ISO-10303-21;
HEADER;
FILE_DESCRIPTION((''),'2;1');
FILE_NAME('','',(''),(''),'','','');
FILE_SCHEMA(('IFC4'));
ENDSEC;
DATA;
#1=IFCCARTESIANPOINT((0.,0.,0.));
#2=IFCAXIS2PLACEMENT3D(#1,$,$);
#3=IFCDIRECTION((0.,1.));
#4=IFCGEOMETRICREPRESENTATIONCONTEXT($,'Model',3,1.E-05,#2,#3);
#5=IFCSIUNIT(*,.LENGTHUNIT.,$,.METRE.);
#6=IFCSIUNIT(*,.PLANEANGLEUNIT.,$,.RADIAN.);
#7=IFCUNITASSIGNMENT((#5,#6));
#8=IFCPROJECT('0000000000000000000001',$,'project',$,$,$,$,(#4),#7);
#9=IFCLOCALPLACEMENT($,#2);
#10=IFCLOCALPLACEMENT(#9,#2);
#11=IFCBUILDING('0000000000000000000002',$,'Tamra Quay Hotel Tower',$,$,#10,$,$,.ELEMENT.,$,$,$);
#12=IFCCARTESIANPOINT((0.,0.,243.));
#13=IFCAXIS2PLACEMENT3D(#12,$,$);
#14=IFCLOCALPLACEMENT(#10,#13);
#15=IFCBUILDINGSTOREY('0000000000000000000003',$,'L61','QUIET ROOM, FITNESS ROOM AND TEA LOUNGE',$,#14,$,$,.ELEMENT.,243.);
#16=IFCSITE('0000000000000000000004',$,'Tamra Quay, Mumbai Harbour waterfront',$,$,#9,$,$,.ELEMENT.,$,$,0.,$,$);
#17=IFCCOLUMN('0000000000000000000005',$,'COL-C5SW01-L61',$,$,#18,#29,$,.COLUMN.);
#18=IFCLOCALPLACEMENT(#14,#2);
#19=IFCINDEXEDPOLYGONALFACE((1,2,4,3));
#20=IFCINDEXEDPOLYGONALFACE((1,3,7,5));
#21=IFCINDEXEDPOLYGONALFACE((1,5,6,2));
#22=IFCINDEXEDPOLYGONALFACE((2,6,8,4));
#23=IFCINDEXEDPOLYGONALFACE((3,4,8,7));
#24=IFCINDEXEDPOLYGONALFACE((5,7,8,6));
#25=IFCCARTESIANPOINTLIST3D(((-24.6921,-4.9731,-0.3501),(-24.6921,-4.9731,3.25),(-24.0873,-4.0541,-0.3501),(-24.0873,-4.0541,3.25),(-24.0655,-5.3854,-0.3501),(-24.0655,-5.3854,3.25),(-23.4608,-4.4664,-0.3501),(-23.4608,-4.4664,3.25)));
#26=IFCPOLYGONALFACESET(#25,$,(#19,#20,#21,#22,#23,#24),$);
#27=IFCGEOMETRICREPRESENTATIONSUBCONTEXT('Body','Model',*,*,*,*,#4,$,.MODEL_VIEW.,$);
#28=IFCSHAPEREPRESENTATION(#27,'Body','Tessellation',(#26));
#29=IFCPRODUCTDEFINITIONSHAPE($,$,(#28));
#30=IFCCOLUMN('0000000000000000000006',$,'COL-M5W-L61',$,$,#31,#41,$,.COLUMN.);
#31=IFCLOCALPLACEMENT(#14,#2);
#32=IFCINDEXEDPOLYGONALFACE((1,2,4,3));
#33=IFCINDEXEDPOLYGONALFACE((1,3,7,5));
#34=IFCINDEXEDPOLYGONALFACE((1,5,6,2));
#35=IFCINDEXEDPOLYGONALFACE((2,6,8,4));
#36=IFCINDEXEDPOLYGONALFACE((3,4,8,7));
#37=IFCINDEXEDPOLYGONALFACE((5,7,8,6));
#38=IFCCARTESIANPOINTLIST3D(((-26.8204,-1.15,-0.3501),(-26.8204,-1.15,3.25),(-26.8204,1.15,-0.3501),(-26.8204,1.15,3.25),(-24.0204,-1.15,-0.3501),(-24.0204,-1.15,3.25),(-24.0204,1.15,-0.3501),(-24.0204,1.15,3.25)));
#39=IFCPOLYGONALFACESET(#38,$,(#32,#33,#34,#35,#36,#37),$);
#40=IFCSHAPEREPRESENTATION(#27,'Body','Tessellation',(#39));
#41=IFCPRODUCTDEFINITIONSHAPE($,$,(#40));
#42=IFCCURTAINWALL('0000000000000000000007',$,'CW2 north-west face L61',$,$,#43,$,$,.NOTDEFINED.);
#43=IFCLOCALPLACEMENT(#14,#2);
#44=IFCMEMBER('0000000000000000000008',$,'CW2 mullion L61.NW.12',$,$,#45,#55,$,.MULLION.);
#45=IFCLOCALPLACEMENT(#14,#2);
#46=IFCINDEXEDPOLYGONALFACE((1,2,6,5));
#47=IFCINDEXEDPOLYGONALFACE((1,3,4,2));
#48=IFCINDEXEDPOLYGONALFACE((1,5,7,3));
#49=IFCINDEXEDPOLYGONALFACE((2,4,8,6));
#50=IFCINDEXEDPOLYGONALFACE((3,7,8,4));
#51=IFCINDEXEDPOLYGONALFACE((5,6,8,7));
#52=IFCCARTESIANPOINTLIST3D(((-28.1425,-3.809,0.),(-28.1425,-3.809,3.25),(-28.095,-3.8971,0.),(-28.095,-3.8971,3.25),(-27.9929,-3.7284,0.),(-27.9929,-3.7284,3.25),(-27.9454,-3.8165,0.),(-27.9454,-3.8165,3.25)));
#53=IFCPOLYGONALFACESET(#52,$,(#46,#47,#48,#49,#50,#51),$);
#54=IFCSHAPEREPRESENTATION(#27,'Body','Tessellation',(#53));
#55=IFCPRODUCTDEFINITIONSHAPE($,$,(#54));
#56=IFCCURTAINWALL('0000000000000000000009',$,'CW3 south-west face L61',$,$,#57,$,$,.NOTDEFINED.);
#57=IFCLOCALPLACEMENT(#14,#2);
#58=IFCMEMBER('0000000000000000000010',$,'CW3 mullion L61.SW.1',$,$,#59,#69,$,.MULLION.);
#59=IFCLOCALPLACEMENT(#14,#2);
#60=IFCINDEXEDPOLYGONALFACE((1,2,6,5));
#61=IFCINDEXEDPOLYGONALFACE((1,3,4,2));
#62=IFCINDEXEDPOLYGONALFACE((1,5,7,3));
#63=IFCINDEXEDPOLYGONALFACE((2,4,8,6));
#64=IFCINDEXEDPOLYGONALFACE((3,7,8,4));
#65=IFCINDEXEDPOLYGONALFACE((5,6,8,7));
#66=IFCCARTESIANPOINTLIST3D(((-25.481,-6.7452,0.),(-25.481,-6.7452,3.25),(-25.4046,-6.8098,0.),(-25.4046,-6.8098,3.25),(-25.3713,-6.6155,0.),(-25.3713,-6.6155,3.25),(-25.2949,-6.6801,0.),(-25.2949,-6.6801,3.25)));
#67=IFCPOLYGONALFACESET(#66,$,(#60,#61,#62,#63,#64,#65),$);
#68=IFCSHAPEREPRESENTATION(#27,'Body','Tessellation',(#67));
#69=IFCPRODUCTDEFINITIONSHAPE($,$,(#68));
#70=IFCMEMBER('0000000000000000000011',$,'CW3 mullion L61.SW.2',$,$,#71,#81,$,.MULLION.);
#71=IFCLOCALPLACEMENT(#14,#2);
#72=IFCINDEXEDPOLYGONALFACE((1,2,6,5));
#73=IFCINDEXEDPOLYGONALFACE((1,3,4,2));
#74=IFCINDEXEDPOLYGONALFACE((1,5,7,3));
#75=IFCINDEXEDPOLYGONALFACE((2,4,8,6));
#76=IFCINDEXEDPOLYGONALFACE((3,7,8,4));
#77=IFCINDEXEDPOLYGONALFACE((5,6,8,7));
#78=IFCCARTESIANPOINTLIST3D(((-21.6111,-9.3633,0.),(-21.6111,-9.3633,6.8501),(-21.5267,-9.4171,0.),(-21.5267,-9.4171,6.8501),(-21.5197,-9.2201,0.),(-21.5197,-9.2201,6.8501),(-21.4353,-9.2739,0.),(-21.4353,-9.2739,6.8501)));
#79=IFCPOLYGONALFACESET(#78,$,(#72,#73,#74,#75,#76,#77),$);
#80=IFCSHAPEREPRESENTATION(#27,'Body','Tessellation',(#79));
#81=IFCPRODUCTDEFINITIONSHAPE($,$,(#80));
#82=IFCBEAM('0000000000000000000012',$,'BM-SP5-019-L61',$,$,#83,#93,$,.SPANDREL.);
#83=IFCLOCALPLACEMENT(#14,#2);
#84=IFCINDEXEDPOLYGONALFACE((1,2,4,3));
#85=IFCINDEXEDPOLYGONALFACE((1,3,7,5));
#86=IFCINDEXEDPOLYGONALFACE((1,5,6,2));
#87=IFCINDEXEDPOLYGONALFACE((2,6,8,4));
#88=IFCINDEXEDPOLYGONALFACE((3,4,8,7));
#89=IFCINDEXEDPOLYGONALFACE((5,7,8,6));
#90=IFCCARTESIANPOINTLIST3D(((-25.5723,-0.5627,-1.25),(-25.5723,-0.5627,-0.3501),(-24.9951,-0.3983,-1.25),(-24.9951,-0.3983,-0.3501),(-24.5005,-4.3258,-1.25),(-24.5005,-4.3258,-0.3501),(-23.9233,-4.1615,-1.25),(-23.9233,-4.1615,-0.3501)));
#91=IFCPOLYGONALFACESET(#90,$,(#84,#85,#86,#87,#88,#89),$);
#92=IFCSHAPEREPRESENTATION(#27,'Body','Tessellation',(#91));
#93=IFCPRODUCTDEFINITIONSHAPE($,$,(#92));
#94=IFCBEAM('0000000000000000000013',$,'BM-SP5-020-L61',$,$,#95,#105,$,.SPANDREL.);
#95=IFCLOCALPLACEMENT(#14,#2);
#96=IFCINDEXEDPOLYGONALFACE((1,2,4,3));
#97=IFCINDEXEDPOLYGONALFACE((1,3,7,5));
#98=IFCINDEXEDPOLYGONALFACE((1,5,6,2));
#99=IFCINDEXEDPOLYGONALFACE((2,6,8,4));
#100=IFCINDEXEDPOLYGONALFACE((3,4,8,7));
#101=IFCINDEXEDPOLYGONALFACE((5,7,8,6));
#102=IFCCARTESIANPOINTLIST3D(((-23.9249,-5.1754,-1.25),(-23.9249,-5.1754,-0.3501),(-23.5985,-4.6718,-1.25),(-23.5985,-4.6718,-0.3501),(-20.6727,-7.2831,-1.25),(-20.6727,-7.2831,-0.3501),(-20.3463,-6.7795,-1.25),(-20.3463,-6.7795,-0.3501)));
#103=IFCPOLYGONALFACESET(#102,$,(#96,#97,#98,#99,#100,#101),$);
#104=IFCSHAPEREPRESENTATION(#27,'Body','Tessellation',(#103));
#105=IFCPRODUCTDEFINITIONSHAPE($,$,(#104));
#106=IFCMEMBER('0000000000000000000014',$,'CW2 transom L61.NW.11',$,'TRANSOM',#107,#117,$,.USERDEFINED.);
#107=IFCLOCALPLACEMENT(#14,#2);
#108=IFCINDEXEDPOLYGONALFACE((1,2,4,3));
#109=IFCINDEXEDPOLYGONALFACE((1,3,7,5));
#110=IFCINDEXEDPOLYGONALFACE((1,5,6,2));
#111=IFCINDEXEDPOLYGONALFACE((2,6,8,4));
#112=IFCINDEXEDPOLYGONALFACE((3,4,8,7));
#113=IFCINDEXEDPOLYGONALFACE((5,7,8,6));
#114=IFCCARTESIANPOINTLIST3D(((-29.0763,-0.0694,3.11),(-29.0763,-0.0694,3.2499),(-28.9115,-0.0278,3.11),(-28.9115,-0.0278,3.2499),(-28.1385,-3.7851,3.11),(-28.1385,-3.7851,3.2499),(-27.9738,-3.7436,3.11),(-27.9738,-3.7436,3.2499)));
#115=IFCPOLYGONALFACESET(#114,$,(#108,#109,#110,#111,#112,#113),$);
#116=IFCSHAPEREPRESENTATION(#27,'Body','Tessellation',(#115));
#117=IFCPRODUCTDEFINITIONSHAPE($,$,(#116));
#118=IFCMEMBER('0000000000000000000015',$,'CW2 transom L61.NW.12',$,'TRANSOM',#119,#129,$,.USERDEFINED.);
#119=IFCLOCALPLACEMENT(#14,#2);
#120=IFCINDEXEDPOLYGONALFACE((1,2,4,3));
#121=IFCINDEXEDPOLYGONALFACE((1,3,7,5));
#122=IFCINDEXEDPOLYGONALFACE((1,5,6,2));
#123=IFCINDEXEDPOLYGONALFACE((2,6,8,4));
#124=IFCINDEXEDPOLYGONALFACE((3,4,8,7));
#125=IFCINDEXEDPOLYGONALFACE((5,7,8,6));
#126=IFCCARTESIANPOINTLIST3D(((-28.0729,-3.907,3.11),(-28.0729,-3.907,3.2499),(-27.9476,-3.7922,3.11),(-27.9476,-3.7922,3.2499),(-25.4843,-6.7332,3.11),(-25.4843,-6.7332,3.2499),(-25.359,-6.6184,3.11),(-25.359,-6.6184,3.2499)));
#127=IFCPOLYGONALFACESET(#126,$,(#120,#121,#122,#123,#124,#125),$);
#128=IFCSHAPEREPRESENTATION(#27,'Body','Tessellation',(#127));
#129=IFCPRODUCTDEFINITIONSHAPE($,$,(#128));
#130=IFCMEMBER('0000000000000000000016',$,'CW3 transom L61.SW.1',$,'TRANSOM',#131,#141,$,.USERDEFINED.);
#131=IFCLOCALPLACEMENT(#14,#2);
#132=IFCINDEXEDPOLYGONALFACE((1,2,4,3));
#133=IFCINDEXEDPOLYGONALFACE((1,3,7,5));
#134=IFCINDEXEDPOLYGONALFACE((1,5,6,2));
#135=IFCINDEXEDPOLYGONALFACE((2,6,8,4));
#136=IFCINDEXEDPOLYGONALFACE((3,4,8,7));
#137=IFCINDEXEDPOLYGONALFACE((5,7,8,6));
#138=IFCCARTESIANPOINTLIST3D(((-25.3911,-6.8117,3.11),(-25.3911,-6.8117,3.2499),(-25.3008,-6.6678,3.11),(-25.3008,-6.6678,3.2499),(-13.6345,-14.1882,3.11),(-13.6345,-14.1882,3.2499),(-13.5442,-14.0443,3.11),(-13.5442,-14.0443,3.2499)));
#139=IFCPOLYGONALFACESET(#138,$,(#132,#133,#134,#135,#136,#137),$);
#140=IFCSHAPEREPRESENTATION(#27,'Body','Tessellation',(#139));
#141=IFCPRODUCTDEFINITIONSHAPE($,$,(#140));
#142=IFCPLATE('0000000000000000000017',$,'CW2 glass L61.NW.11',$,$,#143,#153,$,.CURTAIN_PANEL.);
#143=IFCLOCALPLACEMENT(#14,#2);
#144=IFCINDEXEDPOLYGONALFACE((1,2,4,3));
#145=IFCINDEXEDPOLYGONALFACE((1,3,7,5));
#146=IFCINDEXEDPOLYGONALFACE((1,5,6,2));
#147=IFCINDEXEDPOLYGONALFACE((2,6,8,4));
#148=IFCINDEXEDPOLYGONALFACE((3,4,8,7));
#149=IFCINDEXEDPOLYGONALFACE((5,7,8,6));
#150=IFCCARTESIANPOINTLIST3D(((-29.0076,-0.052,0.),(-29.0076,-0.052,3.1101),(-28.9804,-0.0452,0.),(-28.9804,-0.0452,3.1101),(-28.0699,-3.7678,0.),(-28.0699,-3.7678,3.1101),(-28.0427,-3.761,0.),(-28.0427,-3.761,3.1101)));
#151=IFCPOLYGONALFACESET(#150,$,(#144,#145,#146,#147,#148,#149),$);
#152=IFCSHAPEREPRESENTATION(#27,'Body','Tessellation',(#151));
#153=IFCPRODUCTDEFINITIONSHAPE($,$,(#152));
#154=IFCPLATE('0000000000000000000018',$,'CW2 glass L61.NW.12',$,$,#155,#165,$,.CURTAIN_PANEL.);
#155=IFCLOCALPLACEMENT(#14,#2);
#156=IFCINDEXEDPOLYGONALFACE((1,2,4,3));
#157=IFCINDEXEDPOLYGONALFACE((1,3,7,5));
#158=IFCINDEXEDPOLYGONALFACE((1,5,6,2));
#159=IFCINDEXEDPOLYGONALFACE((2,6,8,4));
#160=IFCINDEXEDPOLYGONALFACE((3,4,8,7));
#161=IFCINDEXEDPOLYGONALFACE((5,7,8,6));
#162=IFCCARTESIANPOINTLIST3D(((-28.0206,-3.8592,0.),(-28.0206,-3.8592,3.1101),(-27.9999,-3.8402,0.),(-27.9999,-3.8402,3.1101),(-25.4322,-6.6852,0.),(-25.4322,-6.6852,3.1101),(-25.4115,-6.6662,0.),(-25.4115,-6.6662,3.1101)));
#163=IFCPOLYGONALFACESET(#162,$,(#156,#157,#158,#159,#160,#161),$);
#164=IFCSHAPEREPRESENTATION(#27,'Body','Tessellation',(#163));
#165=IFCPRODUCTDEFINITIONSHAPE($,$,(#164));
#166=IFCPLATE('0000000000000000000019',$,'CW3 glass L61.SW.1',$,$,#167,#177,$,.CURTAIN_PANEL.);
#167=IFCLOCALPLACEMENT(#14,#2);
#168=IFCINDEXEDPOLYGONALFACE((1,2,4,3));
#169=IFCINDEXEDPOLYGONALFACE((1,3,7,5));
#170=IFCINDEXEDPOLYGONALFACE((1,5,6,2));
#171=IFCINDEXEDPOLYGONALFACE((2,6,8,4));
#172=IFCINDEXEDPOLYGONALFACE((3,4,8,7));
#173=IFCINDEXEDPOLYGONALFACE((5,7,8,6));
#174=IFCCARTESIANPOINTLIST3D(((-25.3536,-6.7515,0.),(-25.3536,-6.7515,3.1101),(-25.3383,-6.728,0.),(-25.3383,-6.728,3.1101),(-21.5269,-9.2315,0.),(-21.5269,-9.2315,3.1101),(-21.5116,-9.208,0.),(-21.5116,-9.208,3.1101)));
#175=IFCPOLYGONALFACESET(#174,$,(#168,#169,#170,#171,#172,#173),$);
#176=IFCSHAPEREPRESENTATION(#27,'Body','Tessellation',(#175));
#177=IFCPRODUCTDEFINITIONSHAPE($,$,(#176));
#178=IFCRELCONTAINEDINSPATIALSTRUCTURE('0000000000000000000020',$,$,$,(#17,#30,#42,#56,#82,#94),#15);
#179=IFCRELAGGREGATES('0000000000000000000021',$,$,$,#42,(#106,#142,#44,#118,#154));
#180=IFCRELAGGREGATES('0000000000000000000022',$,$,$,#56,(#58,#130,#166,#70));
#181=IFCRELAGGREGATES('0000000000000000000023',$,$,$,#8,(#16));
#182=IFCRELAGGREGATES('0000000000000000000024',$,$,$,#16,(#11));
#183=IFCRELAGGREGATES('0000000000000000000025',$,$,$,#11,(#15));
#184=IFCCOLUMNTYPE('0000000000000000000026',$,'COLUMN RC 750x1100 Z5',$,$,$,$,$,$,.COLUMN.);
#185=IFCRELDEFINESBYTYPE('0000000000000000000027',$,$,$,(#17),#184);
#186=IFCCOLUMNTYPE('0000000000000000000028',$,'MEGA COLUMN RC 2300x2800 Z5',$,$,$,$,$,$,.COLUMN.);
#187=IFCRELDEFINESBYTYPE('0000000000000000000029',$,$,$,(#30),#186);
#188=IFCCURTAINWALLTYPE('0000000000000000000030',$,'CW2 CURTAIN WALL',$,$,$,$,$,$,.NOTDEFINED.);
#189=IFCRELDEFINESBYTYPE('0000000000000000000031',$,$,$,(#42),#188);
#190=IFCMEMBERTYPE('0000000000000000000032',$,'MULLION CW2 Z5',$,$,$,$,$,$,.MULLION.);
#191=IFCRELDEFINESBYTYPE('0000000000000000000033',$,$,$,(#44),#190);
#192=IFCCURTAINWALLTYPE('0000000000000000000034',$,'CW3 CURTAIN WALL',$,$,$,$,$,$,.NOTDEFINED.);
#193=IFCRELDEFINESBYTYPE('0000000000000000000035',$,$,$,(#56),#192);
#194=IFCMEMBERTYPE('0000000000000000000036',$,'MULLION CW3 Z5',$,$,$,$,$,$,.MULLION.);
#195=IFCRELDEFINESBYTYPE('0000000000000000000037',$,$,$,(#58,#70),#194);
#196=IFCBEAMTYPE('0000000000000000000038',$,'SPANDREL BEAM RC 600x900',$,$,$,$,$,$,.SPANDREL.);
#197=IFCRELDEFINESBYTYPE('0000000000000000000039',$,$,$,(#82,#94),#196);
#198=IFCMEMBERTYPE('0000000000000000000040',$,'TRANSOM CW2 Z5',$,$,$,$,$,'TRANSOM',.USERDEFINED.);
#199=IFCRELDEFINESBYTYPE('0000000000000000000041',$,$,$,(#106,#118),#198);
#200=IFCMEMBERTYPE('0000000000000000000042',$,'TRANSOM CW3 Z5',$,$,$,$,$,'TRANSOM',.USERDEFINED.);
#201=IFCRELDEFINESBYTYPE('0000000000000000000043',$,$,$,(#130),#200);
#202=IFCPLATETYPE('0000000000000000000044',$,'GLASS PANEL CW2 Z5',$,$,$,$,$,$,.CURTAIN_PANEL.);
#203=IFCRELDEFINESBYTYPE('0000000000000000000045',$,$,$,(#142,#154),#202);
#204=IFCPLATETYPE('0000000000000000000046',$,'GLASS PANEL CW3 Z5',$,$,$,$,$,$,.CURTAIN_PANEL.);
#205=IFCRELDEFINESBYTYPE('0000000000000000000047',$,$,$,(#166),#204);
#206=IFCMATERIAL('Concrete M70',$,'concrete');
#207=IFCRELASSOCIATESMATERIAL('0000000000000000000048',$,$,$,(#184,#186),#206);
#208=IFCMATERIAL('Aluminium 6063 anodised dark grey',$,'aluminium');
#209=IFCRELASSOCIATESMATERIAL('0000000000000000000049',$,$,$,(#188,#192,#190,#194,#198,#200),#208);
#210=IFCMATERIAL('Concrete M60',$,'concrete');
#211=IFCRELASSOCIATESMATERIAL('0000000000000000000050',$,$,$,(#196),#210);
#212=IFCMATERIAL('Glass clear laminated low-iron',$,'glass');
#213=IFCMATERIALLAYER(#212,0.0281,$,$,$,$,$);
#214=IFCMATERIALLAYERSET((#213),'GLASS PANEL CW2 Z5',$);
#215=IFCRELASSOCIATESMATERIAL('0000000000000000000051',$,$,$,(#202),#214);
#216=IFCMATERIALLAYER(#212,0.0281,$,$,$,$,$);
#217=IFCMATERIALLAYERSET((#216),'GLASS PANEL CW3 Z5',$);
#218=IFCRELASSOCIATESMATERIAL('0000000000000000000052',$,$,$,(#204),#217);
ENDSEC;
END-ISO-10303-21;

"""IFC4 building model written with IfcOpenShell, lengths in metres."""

from ifc_helpers import new_model, si_unit, direction, frame, origin, origin_2d, place, context, subcontext, project, spatial, rectangle, extrude, material, layer, layer_set, material_profile, profile_set, type_object, element, aggregate, save


model = new_model("IFC4")

# Units and contexts
model_context = context("Model", 3, precision=1e-05, world=origin(), true_north=direction((0.0, 1.0)))
body_context = subcontext(model_context, "Body", "Model", "MODEL_VIEW")
ifc_project = project(units=[si_unit("LENGTHUNIT", "METRE"), si_unit("PLANEANGLEUNIT", "RADIAN")], contexts=[model_context])

# Site, building, storey
site_placement = place(None, origin())
site = spatial("IfcSite", under=ifc_project, at=site_placement, Name="Tamra Quay, Mumbai Harbour waterfront", CompositionType="ELEMENT", RefElevation=0.0)
building_placement = place(site_placement, origin())
building = spatial("IfcBuilding", under=site, at=building_placement, Name="Tamra Quay Hotel Tower", CompositionType="ELEMENT")
storey_placement = place(building_placement, frame((0.0, 0.0, 243.0)))
storey = spatial("IfcBuildingStorey", under=building, at=storey_placement, Name="L61", Description="QUIET ROOM, FITNESS ROOM AND TEA LOUNGE", CompositionType="ELEMENT", Elevation=243.0)

# Columns
ifc_material_1 = material(Name="Concrete M70", Category="concrete")
ifc_material_profile_1 = material_profile(ifc_material_1, rectangle(XDim=1.1001, YDim=0.75, at=origin_2d()), Name="COLUMN RC 750x1100 Z5")
ifc_profile_set_1 = profile_set([ifc_material_profile_1], Name="Concrete M70")
column_type_1 = type_object("IfcColumnType", Name="COLUMN RC 750x1100 Z5", PredefinedType="COLUMN", material=ifc_profile_set_1)
column_1_placement = place(storey_placement, frame((-24.0764, -4.7197, -0.3501), z_axis=(0.0, 0.0, 1.0), x_axis=(0.549739, 0.835337, 0.0)))
element("IfcColumn", 1, at=column_1_placement, inside=storey, type_object=column_type_1, Name="COL-C5SW01-L61", PredefinedType="COLUMN", context=body_context, shape_type="SweptSolid", body=[
    extrude(rectangle(XDim=1.1001, YDim=0.75, at=origin_2d()), origin(), (0.0, 0.0, 1.0), 3.6001),
])
ifc_material_profile_2 = material_profile(ifc_material_1, rectangle(XDim=2.8, YDim=2.3, at=origin_2d()), Name="MEGA COLUMN RC 2300x2800 Z5")
ifc_profile_set_2 = profile_set([ifc_material_profile_2], Name="Concrete M70")
column_type_2 = type_object("IfcColumnType", Name="MEGA COLUMN RC 2300x2800 Z5", PredefinedType="COLUMN", material=ifc_profile_set_2)
column_2_placement = place(storey_placement, frame((-25.4204, 0.0, -0.3501), z_axis=(0.0, 0.0, 1.0), x_axis=(1.0, 0.0, 0.0)))
element("IfcColumn", 2, at=column_2_placement, inside=storey, type_object=column_type_2, Name="COL-M5W-L61", PredefinedType="COLUMN", context=body_context, shape_type="SweptSolid", body=[
    extrude(rectangle(XDim=2.8, YDim=2.3, at=origin_2d()), origin(), (0.0, 0.0, 1.0), 3.6001),
])

# Curtain wall, member
ifc_material_2 = material(Name="Aluminium 6063 anodised dark grey", Category="aluminium")
curtain_wall_type_1 = type_object("IfcCurtainWallType", Name="CW2 CURTAIN WALL", PredefinedType="NOTDEFINED", material=ifc_material_2)
curtain_wall_1_placement = place(storey_placement, origin())
curtain_wall_1 = element("IfcCurtainWall", 3, at=curtain_wall_1_placement, inside=storey, type_object=curtain_wall_type_1, Name="CW2 north-west face L61", PredefinedType="NOTDEFINED")
ifc_material_profile_3 = material_profile(ifc_material_2, rectangle(XDim=0.1699, YDim=0.1001, at=origin_2d()), Name="MULLION 100X170")
ifc_profile_set_3 = profile_set([ifc_material_profile_3], Name="Aluminium 6063 anodised dark grey")
member_type_1 = type_object("IfcMemberType", Name="MULLION CW2 Z5", PredefinedType="MULLION", material=ifc_profile_set_3)
member_1_placement = place(storey_placement, frame((-28.0439, -3.8127, 0.0), z_axis=(0.0, 0.0, 1.0), x_axis=(-0.880267, -0.474479, 0.0)))
member_1 = element("IfcMember", 4, at=member_1_placement, type_object=member_type_1, Name="CW2 mullion L61.NW.12", PredefinedType="MULLION", context=body_context, shape_type="SweptSolid", body=[
    extrude(rectangle(XDim=0.1699, YDim=0.1001, at=origin_2d()), origin(), (0.0, 0.0, 1.0), 3.25),
])

# Curtain wall, members
curtain_wall_type_2 = type_object("IfcCurtainWallType", Name="CW3 CURTAIN WALL", PredefinedType="NOTDEFINED", material=ifc_material_2)
curtain_wall_2_placement = place(storey_placement, origin())
curtain_wall_2 = element("IfcCurtainWall", 5, at=curtain_wall_2_placement, inside=storey, type_object=curtain_wall_type_2, Name="CW3 south-west face L61", PredefinedType="NOTDEFINED")
ifc_material_profile_4 = material_profile(ifc_material_2, rectangle(XDim=0.1699, YDim=0.1001, at=origin_2d()), Name="MULLION 100X170")
ifc_profile_set_4 = profile_set([ifc_material_profile_4], Name="Aluminium 6063 anodised dark grey")
member_type_2 = type_object("IfcMemberType", Name="MULLION CW3 Z5", PredefinedType="MULLION", material=ifc_profile_set_4)
member_2_placement = place(storey_placement, frame((-25.3879, -6.7126, 0.0), z_axis=(0.0, 0.0, 1.0), x_axis=(-0.645846, -0.763467, 0.0)))
member_2 = element("IfcMember", 6, at=member_2_placement, type_object=member_type_2, Name="CW3 mullion L61.SW.1", PredefinedType="MULLION", context=body_context, shape_type="SweptSolid", body=[
    extrude(rectangle(XDim=0.1699, YDim=0.1001, at=origin_2d()), origin(), (0.0, 0.0, 1.0), 3.25),
])
member_3_placement = place(storey_placement, frame((-21.5232, -9.3186, 0.0), z_axis=(0.0, 0.0, 1.0), x_axis=(-0.537684, -0.843147, 0.0)))
member_3 = element("IfcMember", 7, at=member_3_placement, type_object=member_type_2, Name="CW3 mullion L61.SW.2", PredefinedType="MULLION", context=body_context, shape_type="SweptSolid", body=[
    extrude(rectangle(XDim=0.1699, YDim=0.1001, at=origin_2d()), origin(), (0.0, 0.0, 1.0), 6.8501),
])

# Beams
ifc_material_3 = material(Name="Concrete M60", Category="concrete")
ifc_material_profile_5 = material_profile(ifc_material_3, rectangle(XDim=0.6001, YDim=0.8999, at=origin_2d()), Name="SPANDREL BEAM RC 600x900")
ifc_profile_set_5 = profile_set([ifc_material_profile_5], Name="Concrete M60")
beam_type = type_object("IfcBeamType", Name="SPANDREL BEAM RC 600x900", PredefinedType="SPANDREL", material=ifc_profile_set_5)
beam_1_placement = place(storey_placement, frame((-25.2837, -0.4805, -0.8), z_axis=(0.273913, -0.961754, 0.0), x_axis=(0.961754, 0.273913, 0.0)))
element("IfcBeam", 8, at=beam_1_placement, inside=storey, type_object=beam_type, Name="BM-SP5-019-L61", PredefinedType="SPANDREL", context=body_context, shape_type="SweptSolid", body=[
    extrude(rectangle(XDim=0.6001, YDim=0.8999, at=origin_2d()), origin(), (0.0, 0.0, 1.0), 3.9128),
])
beam_2_placement = place(storey_placement, frame((-23.7617, -4.9236, -0.8), z_axis=(0.839181, -0.543852, 0.0), x_axis=(0.543852, 0.839181, 0.0)))
element("IfcBeam", 9, at=beam_2_placement, inside=storey, type_object=beam_type, Name="BM-SP5-020-L61", PredefinedType="SPANDREL", context=body_context, shape_type="SweptSolid", body=[
    extrude(rectangle(XDim=0.6001, YDim=0.8999, at=origin_2d()), origin(), (0.0, 0.0, 1.0), 3.8755),
])

# Members
ifc_material_profile_6 = material_profile(ifc_material_2, rectangle(XDim=0.1699, YDim=0.1399, at=origin_2d()), Name="TRANSOM 170X140")
ifc_profile_set_6 = profile_set([ifc_material_profile_6], Name="Aluminium 6063 anodised dark grey")
member_type_3 = type_object("IfcMemberType", Name="TRANSOM CW2 Z5", ElementType="TRANSOM", PredefinedType="USERDEFINED", material=ifc_profile_set_6)
member_4_placement = place(storey_placement, frame((-28.9939, -0.0486, 3.1799), z_axis=(0.244694, -0.9696, 0.0), x_axis=(0.9696, 0.244694, 0.0)))
member_4 = element("IfcMember", 10, at=member_4_placement, type_object=member_type_3, Name="CW2 transom L61.NW.11", ObjectType="TRANSOM", PredefinedType="USERDEFINED", context=body_context, shape_type="SweptSolid", body=[
    extrude(rectangle(XDim=0.1699, YDim=0.1399, at=origin_2d()), origin(), (0.0, 0.0, 1.0), 3.8323),
])
member_5_placement = place(storey_placement, frame((-28.0103, -3.8496, 3.1799), z_axis=(0.675436, -0.737419, 0.0), x_axis=(0.737419, 0.675436, 0.0)))
member_5 = element("IfcMember", 11, at=member_5_placement, type_object=member_type_3, Name="CW2 transom L61.NW.12", ObjectType="TRANSOM", PredefinedType="USERDEFINED", context=body_context, shape_type="SweptSolid", body=[
    extrude(rectangle(XDim=0.1699, YDim=0.1399, at=origin_2d()), origin(), (0.0, 0.0, 1.0), 3.8325),
])
ifc_material_profile_7 = material_profile(ifc_material_2, rectangle(XDim=0.1699, YDim=0.1399, at=origin_2d()), Name="TRANSOM 170X140")
ifc_profile_set_7 = profile_set([ifc_material_profile_7], Name="Aluminium 6063 anodised dark grey")
member_type_4 = type_object("IfcMemberType", Name="TRANSOM CW3 Z5", ElementType="TRANSOM", PredefinedType="USERDEFINED", material=ifc_profile_set_7)
member_6_placement = place(storey_placement, frame((-25.3459, -6.7397, 3.1799), z_axis=(0.847071, -0.53148, 0.0), x_axis=(0.53148, 0.847071, 0.0)))
member_6 = element("IfcMember", 12, at=member_6_placement, type_object=member_type_4, Name="CW3 transom L61.SW.1", ObjectType="TRANSOM", PredefinedType="USERDEFINED", context=body_context, shape_type="SweptSolid", body=[
    extrude(rectangle(XDim=0.1699, YDim=0.1399, at=origin_2d()), origin(), (0.0, 0.0, 1.0), 13.8792),
])

# Plates
ifc_material_4 = material(Name="Glass clear laminated low-iron", Category="glass")
ifc_layer_1 = layer(ifc_material_4, 0.0281)
ifc_layer_set_1 = layer_set([ifc_layer_1], Name="GLASS PANEL CW2 Z5")
plate_type_1 = type_object("IfcPlateType", Name="GLASS PANEL CW2 Z5", PredefinedType="CURTAIN_PANEL", material=ifc_layer_set_1)
plate_1_placement = place(storey_placement, frame((-28.5251, -1.9065, 0.0), z_axis=(0.0, 0.0, 1.0), x_axis=(0.244677, -0.969605, 0.0)))
plate_1 = element("IfcPlate", 13, at=plate_1_placement, type_object=plate_type_1, Name="CW2 glass L61.NW.11", PredefinedType="CURTAIN_PANEL", context=body_context, shape_type="SweptSolid", body=[
    extrude(rectangle(XDim=3.8323, YDim=0.0281, at=origin_2d()), origin(), (0.0, 0.0, 1.0), 3.1101),
])
plate_2_placement = place(storey_placement, frame((-26.7161, -5.2627, 0.0), z_axis=(0.0, 0.0, 1.0), x_axis=(0.675438, -0.737417, 0.0)))
plate_2 = element("IfcPlate", 14, at=plate_2_placement, type_object=plate_type_1, Name="CW2 glass L61.NW.12", PredefinedType="CURTAIN_PANEL", context=body_context, shape_type="SweptSolid", body=[
    extrude(rectangle(XDim=3.8323, YDim=0.0281, at=origin_2d()), origin(), (0.0, 0.0, 1.0), 3.1101),
])
aggregate(curtain_wall_1, [member_4, plate_1, member_1, member_5, plate_2])
ifc_layer_2 = layer(ifc_material_4, 0.0281)
ifc_layer_set_2 = layer_set([ifc_layer_2], Name="GLASS PANEL CW3 Z5")
plate_type_2 = type_object("IfcPlateType", Name="GLASS PANEL CW3 Z5", PredefinedType="CURTAIN_PANEL", material=ifc_layer_set_2)
plate_3_placement = place(storey_placement, frame((-23.4326, -7.9797, 0.0), z_axis=(0.0, 0.0, 1.0), x_axis=(0.839179, -0.543855, 0.0)))
plate_3 = element("IfcPlate", 15, at=plate_3_placement, type_object=plate_type_2, Name="CW3 glass L61.SW.1", PredefinedType="CURTAIN_PANEL", context=body_context, shape_type="SweptSolid", body=[
    extrude(rectangle(XDim=4.5601, YDim=0.0281, at=origin_2d()), origin(), (0.0, 0.0, 1.0), 3.1101),
])
aggregate(curtain_wall_2, [member_2, member_6, plate_3, member_3])

save(model, "model.ifc")
